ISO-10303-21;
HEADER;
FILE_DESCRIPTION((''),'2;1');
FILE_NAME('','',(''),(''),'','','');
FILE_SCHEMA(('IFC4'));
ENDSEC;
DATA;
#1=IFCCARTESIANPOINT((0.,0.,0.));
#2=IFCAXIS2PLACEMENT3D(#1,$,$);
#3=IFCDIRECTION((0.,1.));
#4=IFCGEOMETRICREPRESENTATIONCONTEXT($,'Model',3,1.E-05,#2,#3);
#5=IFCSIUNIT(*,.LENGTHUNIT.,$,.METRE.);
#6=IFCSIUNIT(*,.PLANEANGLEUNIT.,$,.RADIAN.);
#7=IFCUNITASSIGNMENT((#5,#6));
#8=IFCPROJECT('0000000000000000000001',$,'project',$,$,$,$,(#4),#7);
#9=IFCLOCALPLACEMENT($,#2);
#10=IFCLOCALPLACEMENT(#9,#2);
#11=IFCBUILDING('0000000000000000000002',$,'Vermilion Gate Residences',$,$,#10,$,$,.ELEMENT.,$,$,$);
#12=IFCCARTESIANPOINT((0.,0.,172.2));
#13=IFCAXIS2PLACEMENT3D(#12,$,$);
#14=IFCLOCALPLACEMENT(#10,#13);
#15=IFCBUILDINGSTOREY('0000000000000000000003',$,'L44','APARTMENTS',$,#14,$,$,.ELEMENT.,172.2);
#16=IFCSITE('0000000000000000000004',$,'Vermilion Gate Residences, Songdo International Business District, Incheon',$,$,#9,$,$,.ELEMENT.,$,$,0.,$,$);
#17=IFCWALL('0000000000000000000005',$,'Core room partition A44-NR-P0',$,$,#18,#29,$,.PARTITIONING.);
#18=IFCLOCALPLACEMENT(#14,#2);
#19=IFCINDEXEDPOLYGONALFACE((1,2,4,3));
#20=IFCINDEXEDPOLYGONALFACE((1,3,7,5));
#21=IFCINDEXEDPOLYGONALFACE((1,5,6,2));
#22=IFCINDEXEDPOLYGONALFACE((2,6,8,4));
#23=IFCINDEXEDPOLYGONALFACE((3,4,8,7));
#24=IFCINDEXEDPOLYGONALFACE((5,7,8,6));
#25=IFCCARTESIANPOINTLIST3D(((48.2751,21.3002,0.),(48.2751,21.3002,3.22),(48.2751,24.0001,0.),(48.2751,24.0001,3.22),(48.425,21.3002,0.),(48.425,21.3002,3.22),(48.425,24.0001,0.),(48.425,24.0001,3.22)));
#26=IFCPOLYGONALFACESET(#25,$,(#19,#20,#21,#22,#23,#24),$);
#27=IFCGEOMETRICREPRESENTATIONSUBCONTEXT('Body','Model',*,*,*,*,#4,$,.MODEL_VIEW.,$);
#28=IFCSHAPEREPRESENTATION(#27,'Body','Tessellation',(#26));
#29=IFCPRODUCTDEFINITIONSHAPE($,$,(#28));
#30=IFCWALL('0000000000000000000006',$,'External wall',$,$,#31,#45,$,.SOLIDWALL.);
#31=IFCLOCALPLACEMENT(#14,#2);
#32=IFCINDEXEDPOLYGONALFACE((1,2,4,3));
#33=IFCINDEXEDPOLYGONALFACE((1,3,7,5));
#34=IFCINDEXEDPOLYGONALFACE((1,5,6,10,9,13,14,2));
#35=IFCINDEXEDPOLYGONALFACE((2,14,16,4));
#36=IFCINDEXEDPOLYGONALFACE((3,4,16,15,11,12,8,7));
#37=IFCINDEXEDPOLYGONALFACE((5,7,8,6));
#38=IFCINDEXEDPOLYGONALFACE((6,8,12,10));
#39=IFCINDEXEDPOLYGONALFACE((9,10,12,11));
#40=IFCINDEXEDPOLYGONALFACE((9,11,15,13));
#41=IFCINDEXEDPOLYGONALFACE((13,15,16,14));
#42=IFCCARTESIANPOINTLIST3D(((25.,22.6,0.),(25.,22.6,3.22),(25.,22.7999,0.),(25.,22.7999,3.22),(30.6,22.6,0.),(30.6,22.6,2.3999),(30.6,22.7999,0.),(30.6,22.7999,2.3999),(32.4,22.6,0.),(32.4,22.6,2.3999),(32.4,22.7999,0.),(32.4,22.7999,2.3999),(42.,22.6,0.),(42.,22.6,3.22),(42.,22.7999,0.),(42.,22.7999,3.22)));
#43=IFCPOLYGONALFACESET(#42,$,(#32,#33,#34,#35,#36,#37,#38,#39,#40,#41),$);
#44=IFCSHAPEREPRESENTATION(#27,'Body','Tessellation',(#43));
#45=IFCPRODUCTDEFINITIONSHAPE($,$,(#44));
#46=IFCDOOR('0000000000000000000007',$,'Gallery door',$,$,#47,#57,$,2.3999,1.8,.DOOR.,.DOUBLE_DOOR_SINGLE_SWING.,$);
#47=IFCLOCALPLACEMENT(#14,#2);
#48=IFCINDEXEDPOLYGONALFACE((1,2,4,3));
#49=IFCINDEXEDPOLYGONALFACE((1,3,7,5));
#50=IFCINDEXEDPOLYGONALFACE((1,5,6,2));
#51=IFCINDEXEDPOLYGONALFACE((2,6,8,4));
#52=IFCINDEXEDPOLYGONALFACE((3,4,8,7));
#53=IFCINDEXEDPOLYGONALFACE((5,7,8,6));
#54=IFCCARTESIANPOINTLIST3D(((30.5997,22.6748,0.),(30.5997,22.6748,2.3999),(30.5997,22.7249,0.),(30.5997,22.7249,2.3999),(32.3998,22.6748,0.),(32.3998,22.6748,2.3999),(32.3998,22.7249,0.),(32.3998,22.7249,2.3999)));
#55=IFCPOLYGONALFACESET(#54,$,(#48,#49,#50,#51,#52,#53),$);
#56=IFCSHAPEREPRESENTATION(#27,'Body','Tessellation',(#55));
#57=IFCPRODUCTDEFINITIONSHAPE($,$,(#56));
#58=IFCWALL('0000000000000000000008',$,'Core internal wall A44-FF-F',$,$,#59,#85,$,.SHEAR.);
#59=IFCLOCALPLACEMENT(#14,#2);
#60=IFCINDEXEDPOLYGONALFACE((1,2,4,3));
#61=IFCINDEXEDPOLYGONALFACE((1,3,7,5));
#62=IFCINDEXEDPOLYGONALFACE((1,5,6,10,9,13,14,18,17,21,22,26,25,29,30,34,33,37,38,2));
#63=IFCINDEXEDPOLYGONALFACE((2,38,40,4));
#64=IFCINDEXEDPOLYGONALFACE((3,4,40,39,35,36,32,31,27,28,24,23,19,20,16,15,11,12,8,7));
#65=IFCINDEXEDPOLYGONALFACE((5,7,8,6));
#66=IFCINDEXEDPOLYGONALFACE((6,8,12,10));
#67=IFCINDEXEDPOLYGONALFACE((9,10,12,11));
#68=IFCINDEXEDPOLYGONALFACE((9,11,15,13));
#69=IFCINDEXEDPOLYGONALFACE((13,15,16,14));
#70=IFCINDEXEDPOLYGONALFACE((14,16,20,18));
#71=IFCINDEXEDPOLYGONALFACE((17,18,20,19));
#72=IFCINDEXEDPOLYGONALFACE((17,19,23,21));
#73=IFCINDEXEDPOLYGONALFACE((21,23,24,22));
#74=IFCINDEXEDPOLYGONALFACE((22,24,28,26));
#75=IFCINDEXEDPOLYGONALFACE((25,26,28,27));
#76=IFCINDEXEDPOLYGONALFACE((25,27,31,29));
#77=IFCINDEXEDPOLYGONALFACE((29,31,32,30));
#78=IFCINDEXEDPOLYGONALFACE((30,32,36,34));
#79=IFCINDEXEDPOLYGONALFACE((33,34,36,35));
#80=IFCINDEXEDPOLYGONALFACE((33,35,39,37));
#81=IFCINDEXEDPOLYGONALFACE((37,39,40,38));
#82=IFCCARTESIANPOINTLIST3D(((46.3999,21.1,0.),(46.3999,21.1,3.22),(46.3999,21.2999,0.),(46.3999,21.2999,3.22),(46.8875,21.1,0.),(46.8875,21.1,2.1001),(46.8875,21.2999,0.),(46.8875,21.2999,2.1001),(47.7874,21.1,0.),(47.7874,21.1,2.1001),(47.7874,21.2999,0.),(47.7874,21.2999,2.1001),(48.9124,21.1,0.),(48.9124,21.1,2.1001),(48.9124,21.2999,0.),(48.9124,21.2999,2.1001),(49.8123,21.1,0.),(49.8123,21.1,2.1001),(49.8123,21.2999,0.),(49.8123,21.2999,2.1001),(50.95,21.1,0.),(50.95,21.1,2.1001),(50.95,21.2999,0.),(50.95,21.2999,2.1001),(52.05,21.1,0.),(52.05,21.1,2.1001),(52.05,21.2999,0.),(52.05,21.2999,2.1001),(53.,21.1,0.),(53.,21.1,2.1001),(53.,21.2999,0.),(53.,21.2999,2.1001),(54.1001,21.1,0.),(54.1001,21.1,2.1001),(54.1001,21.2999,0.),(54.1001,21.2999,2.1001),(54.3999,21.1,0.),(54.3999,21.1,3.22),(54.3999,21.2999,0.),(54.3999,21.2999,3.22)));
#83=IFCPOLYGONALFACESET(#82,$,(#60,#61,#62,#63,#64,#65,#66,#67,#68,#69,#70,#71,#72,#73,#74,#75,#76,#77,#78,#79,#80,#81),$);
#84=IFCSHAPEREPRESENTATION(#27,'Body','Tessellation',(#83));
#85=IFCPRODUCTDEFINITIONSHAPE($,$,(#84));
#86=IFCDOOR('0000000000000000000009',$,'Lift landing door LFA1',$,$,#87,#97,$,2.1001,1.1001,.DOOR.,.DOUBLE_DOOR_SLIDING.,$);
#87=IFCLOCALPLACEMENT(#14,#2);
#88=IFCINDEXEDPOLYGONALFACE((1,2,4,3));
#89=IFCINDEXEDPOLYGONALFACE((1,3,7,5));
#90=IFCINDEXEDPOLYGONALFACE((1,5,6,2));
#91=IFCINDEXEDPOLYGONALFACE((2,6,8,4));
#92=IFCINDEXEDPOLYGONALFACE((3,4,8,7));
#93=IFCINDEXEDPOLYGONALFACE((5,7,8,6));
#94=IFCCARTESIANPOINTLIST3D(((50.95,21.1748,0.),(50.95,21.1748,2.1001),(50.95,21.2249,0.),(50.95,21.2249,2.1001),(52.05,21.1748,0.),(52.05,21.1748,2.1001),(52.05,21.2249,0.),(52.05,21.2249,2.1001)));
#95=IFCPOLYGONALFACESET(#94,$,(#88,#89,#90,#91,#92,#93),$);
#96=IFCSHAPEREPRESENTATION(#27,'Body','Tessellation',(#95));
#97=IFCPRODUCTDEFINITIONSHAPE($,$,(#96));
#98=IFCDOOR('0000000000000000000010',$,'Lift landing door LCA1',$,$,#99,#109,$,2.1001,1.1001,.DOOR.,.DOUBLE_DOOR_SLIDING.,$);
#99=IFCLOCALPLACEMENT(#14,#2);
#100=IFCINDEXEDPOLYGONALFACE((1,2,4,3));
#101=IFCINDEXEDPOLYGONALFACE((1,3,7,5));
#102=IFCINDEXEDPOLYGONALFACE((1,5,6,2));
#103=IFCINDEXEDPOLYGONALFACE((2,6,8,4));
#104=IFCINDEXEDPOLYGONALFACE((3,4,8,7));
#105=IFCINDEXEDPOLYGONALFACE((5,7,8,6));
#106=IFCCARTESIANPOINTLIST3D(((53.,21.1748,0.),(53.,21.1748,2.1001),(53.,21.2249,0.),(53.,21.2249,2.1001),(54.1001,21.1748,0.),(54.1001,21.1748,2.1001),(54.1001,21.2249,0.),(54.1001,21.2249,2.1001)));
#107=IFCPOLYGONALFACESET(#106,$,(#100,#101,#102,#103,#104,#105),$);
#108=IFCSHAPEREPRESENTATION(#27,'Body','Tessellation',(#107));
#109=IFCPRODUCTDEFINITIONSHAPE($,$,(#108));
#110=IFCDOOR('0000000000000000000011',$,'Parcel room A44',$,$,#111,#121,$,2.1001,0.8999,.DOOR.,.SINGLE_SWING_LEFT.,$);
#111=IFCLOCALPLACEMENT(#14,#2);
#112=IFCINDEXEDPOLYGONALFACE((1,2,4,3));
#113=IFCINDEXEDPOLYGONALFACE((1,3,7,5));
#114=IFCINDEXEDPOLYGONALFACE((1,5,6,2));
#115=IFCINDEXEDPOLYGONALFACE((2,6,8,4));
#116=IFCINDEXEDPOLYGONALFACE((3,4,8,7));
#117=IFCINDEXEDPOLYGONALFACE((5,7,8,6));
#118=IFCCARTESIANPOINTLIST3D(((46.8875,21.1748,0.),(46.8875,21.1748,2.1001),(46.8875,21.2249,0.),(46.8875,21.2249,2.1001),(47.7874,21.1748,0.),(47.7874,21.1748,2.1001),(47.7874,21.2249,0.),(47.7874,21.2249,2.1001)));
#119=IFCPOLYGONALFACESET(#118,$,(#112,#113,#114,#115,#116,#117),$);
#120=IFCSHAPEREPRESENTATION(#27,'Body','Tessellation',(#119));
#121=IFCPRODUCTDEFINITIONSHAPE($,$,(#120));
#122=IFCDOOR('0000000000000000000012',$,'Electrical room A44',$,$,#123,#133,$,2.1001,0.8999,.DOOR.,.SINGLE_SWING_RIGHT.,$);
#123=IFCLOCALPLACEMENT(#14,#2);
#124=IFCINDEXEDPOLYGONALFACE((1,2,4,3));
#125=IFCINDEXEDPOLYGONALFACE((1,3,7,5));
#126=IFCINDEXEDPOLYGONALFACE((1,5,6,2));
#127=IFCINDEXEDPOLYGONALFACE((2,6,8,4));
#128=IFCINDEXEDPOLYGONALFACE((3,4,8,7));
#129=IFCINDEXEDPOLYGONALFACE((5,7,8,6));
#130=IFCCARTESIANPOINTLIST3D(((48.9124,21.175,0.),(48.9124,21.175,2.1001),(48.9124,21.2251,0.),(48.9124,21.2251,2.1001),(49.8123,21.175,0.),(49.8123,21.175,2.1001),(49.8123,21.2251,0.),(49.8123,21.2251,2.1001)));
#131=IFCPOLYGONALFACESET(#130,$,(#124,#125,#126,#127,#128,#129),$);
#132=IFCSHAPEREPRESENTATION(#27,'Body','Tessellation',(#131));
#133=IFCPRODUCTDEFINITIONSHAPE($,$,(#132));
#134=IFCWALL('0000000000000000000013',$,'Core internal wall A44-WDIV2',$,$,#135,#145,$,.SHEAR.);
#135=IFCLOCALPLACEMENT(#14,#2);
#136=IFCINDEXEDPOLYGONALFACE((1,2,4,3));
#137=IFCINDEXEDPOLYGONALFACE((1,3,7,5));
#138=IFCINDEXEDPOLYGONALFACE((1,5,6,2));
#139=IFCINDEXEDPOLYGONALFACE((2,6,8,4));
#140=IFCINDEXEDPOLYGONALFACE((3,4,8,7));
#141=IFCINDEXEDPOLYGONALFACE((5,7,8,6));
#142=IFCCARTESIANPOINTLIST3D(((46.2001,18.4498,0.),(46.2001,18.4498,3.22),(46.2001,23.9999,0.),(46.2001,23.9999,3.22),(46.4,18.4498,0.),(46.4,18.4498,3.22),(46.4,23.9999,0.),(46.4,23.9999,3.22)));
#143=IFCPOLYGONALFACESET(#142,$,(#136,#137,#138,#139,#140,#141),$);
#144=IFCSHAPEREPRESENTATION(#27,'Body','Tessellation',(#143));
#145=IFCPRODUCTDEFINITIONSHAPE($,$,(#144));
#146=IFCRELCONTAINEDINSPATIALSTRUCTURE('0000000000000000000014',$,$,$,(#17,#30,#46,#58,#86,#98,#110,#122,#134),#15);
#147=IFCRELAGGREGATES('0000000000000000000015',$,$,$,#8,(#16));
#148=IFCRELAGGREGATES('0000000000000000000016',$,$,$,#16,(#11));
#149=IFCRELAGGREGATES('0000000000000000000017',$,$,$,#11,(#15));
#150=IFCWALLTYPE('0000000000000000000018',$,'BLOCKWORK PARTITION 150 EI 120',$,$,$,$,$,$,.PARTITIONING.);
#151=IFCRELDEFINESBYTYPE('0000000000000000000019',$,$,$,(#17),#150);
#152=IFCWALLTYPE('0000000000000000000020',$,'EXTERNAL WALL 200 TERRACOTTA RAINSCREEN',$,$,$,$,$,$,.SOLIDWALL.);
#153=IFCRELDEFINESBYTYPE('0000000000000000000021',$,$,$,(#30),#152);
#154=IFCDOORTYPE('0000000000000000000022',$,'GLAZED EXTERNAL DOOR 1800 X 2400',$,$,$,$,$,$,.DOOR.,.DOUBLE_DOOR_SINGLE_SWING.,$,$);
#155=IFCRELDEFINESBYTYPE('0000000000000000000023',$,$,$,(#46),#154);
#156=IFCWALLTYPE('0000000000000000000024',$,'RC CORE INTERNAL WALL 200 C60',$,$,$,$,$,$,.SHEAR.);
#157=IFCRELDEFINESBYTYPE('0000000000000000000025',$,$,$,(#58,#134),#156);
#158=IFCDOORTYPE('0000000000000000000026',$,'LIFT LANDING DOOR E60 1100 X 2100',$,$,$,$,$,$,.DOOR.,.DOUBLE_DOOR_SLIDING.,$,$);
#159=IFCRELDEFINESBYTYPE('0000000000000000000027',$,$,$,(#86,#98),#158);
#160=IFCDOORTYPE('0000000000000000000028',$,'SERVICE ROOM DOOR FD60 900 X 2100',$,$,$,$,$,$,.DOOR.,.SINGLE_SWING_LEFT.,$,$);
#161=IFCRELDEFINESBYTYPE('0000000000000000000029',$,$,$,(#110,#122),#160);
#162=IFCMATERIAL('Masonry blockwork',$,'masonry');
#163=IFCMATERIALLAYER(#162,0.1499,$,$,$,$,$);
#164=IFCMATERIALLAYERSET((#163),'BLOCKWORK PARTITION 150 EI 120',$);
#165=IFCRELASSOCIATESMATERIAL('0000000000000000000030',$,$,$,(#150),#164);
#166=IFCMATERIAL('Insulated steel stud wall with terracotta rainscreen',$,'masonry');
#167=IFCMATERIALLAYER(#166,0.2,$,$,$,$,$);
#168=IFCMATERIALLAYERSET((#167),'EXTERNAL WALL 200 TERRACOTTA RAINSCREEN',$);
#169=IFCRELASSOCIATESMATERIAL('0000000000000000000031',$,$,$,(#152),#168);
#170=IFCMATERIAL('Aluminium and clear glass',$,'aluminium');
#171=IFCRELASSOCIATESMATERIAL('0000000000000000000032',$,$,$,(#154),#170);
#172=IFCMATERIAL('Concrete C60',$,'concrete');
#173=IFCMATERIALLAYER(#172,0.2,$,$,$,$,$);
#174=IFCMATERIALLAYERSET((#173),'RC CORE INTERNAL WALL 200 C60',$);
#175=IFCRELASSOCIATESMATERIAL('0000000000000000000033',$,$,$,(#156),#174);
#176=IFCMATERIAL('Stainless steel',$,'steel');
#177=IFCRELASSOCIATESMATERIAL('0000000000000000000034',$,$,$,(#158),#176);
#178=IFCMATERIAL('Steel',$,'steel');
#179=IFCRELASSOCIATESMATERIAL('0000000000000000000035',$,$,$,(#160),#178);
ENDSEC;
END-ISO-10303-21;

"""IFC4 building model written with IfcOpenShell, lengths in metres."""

from ifc_helpers import new_model, si_unit, direction, frame, frame_2d, origin, place, context, subcontext, project, spatial, rectangle, extrude, material, layer, layer_set, type_object, element, fill, save


model = new_model("IFC4")

# Units and contexts
model_context = context("Model", 3, precision=1e-05, world=origin(), true_north=direction((0.0, 1.0)))
body_context = subcontext(model_context, "Body", "Model", "MODEL_VIEW")
ifc_project = project(units=[si_unit("LENGTHUNIT", "METRE"), si_unit("PLANEANGLEUNIT", "RADIAN")], contexts=[model_context])

# Site, building, storey
site_placement = place(None, origin())
site = spatial("IfcSite", under=ifc_project, at=site_placement, Name="Vermilion Gate Residences, Songdo International Business District, Incheon", CompositionType="ELEMENT", RefElevation=0.0)
building_placement = place(site_placement, origin())
building = spatial("IfcBuilding", under=site, at=building_placement, Name="Vermilion Gate Residences", CompositionType="ELEMENT")
storey_placement = place(building_placement, frame((0.0, 0.0, 172.2)))
storey = spatial("IfcBuildingStorey", under=building, at=storey_placement, Name="L44", Description="APARTMENTS", CompositionType="ELEMENT", Elevation=172.2)

# Wall
ifc_material_1 = material(Name="Masonry blockwork", Category="masonry")
ifc_layer_1 = layer(ifc_material_1, 0.1499)
ifc_layer_set_1 = layer_set([ifc_layer_1], Name="BLOCKWORK PARTITION 150 EI 120")
wall_type_1 = type_object("IfcWallType", Name="BLOCKWORK PARTITION 150 EI 120", PredefinedType="PARTITIONING", material=ifc_layer_set_1)
wall_1_placement = place(storey_placement, frame((48.3501, 21.3, 0.0), z_axis=(0.0, 0.0, 1.0), x_axis=(0.0, 1.0, 0.0)))
element("IfcWall", 1, at=wall_1_placement, inside=storey, type_object=wall_type_1, Name="Core room partition A44-NR-P0", PredefinedType="PARTITIONING", context=body_context, shape_type="SweptSolid", body=[
    extrude(rectangle(XDim=2.7, YDim=0.1499, at=frame_2d((1.3501, 0.0))), origin(), (0.0, 0.0, 1.0), 3.22),
])

# Wall, opening, door
ifc_material_2 = material(Name="Insulated steel stud wall with terracotta rainscreen", Category="masonry")
ifc_layer_2 = layer(ifc_material_2, 0.2)
ifc_layer_set_2 = layer_set([ifc_layer_2], Name="EXTERNAL WALL 200 TERRACOTTA RAINSCREEN")
wall_type_2 = type_object("IfcWallType", Name="EXTERNAL WALL 200 TERRACOTTA RAINSCREEN", PredefinedType="SOLIDWALL", material=ifc_layer_set_2)
wall_2_placement = place(storey_placement, frame((42.0, 22.7, 0.0), z_axis=(0.0, 0.0, 1.0), x_axis=(-1.0, 0.0, 0.0)))
wall_2 = element("IfcWall", 2, at=wall_2_placement, inside=storey, type_object=wall_type_2, Name="External wall", PredefinedType="SOLIDWALL", context=body_context, shape_type="SweptSolid", body=[
    extrude(rectangle(XDim=17.0, YDim=0.2, at=frame_2d((8.5, 0.0))), origin(), (0.0, 0.0, 1.0), 3.22),
])
opening_1_placement = place(wall_2_placement, frame((9.6001, 0.0, 0.0)))
opening_1 = element("IfcOpeningElement", 3, at=opening_1_placement, cuts=wall_2, PredefinedType="OPENING", context=body_context, shape_type="SweptSolid", body=[
    extrude(rectangle(XDim=1.8, YDim=2.3999, at=frame_2d((0.8999, 1.2))), frame((0.0, 0.1099, 0.0), z_axis=(0.0, -1.0, 0.0), x_axis=(1.0, 0.0, 0.0)), (0.0, 0.0, 1.0), 0.22),
])
ifc_material_3 = material(Name="Aluminium and clear glass", Category="aluminium")
door_type_1 = type_object("IfcDoorType", Name="GLAZED EXTERNAL DOOR 1800 X 2400", OperationType="DOUBLE_DOOR_SINGLE_SWING", PredefinedType="DOOR", material=ifc_material_3)
door_1_placement = place(opening_1_placement, frame((1.8, 0.0, 0.0), z_axis=(0.0, 0.0, 1.0), x_axis=(-1.0, 0.0, 0.0)))
door_1 = element("IfcDoor", 4, at=door_1_placement, inside=storey, type_object=door_type_1, Name="Gallery door", OperationType="DOUBLE_DOOR_SINGLE_SWING", OverallHeight=2.3999, OverallWidth=1.8, PredefinedType="DOOR", context=body_context, shape_type="SweptSolid", body=[
    extrude(rectangle(XDim=1.8, YDim=2.3999, at=frame_2d((0.8999, 1.2))), frame((0.0, 0.0249, 0.0), z_axis=(0.0, -1.0, 0.0), x_axis=(1.0, 0.0, 0.0)), (0.0, 0.0, 1.0), 0.05),
])
fill(opening_1, door_1)

# Wall, openings, doors
ifc_material_4 = material(Name="Concrete C60", Category="concrete")
ifc_layer_3 = layer(ifc_material_4, 0.2)
ifc_layer_set_3 = layer_set([ifc_layer_3], Name="RC CORE INTERNAL WALL 200 C60")
wall_type_3 = type_object("IfcWallType", Name="RC CORE INTERNAL WALL 200 C60", PredefinedType="SHEAR", material=ifc_layer_set_3)
wall_3_placement = place(storey_placement, frame((46.3999, 21.2, 0.0), z_axis=(0.0, 0.0, 1.0), x_axis=(1.0, 0.0, 0.0)))
wall_3 = element("IfcWall", 5, at=wall_3_placement, inside=storey, type_object=wall_type_3, Name="Core internal wall A44-FF-F", PredefinedType="SHEAR", context=body_context, shape_type="SweptSolid", body=[
    extrude(rectangle(XDim=8.0, YDim=0.2, at=frame_2d((4.0, 0.0))), origin(), (0.0, 0.0, 1.0), 3.22),
])
opening_2_placement = place(wall_3_placement, frame((0.4875, 0.0, 0.0)))
opening_2 = element("IfcOpeningElement", 6, at=opening_2_placement, cuts=wall_3, PredefinedType="OPENING", context=body_context, shape_type="SweptSolid", body=[
    extrude(rectangle(XDim=0.8999, YDim=2.1001, at=frame_2d((0.45, 1.05))), frame((0.0, 0.1099, 0.0), z_axis=(0.0, -1.0, 0.0), x_axis=(1.0, 0.0, 0.0)), (0.0, 0.0, 1.0), 0.22),
])
opening_3_placement = place(wall_3_placement, frame((2.5125, 0.0, 0.0)))
opening_3 = element("IfcOpeningElement", 7, at=opening_3_placement, cuts=wall_3, PredefinedType="OPENING", context=body_context, shape_type="SweptSolid", body=[
    extrude(rectangle(XDim=0.8999, YDim=2.1001, at=frame_2d((0.45, 1.05))), frame((0.0, 0.1099, 0.0), z_axis=(0.0, -1.0, 0.0), x_axis=(1.0, 0.0, 0.0)), (0.0, 0.0, 1.0), 0.22),
])
opening_4_placement = place(wall_3_placement, frame((4.55, 0.0, 0.0)))
opening_4 = element("IfcOpeningElement", 8, at=opening_4_placement, cuts=wall_3, PredefinedType="OPENING", context=body_context, shape_type="SweptSolid", body=[
    extrude(rectangle(XDim=1.1001, YDim=2.1001, at=frame_2d((0.55, 1.05))), frame((0.0, 0.1099, 0.0), z_axis=(0.0, -1.0, 0.0), x_axis=(1.0, 0.0, 0.0)), (0.0, 0.0, 1.0), 0.22),
])
opening_5_placement = place(wall_3_placement, frame((6.6001, 0.0, 0.0)))
opening_5 = element("IfcOpeningElement", 9, at=opening_5_placement, cuts=wall_3, PredefinedType="OPENING", context=body_context, shape_type="SweptSolid", body=[
    extrude(rectangle(XDim=1.1001, YDim=2.1001, at=frame_2d((0.55, 1.05))), frame((0.0, 0.1099, 0.0), z_axis=(0.0, -1.0, 0.0), x_axis=(1.0, 0.0, 0.0)), (0.0, 0.0, 1.0), 0.22),
])
ifc_material_5 = material(Name="Stainless steel", Category="steel")
door_type_2 = type_object("IfcDoorType", Name="LIFT LANDING DOOR E60 1100 X 2100", OperationType="DOUBLE_DOOR_SLIDING", PredefinedType="DOOR", material=ifc_material_5)
door_2_placement = place(opening_4_placement, origin())
door_2 = element("IfcDoor", 10, at=door_2_placement, inside=storey, type_object=door_type_2, Name="Lift landing door LFA1", OperationType="DOUBLE_DOOR_SLIDING", OverallHeight=2.1001, OverallWidth=1.1001, PredefinedType="DOOR", context=body_context, shape_type="SweptSolid", body=[
    extrude(rectangle(XDim=1.1001, YDim=2.1001, at=frame_2d((0.55, 1.05))), frame((0.0, 0.0249, 0.0), z_axis=(0.0, -1.0, 0.0), x_axis=(1.0, 0.0, 0.0)), (0.0, 0.0, 1.0), 0.05),
])
fill(opening_4, door_2)
door_3_placement = place(opening_5_placement, origin())
door_3 = element("IfcDoor", 11, at=door_3_placement, inside=storey, type_object=door_type_2, Name="Lift landing door LCA1", OperationType="DOUBLE_DOOR_SLIDING", OverallHeight=2.1001, OverallWidth=1.1001, PredefinedType="DOOR", context=body_context, shape_type="SweptSolid", body=[
    extrude(rectangle(XDim=1.1001, YDim=2.1001, at=frame_2d((0.55, 1.05))), frame((0.0, 0.0249, 0.0), z_axis=(0.0, -1.0, 0.0), x_axis=(1.0, 0.0, 0.0)), (0.0, 0.0, 1.0), 0.05),
])
fill(opening_5, door_3)
ifc_material_6 = material(Name="Steel", Category="steel")
door_type_3 = type_object("IfcDoorType", Name="SERVICE ROOM DOOR FD60 900 X 2100", OperationType="SINGLE_SWING_LEFT", PredefinedType="DOOR", material=ifc_material_6)
door_4_placement = place(opening_2_placement, origin())
door_4 = element("IfcDoor", 12, at=door_4_placement, inside=storey, type_object=door_type_3, Name="Parcel room A44", OperationType="SINGLE_SWING_LEFT", OverallHeight=2.1001, OverallWidth=0.8999, PredefinedType="DOOR", context=body_context, shape_type="SweptSolid", body=[
    extrude(rectangle(XDim=0.8999, YDim=2.1001, at=frame_2d((0.45, 1.05))), frame((0.0, 0.0249, 0.0), z_axis=(0.0, -1.0, 0.0), x_axis=(1.0, 0.0, 0.0)), (0.0, 0.0, 1.0), 0.05),
])
fill(opening_2, door_4)
door_5_placement = place(opening_3_placement, frame((0.8999, 0.0, 0.0), z_axis=(0.0, 0.0, 1.0), x_axis=(-1.0, 0.0, 0.0)))
door_5 = element("IfcDoor", 13, at=door_5_placement, inside=storey, type_object=door_type_3, Name="Electrical room A44", OperationType="SINGLE_SWING_RIGHT", OverallHeight=2.1001, OverallWidth=0.8999, PredefinedType="DOOR", context=body_context, shape_type="SweptSolid", body=[
    extrude(rectangle(XDim=0.8999, YDim=2.1001, at=frame_2d((0.45, 1.05))), frame((0.0, 0.0249, 0.0), z_axis=(0.0, -1.0, 0.0), x_axis=(1.0, 0.0, 0.0)), (0.0, 0.0, 1.0), 0.05),
])
fill(opening_3, door_5)

# Wall
wall_4_placement = place(storey_placement, frame((46.3, 18.45, 0.0), z_axis=(0.0, 0.0, 1.0), x_axis=(0.0, 1.0, 0.0)))
element("IfcWall", 14, at=wall_4_placement, inside=storey, type_object=wall_type_3, Name="Core internal wall A44-WDIV2", PredefinedType="SHEAR", context=body_context, shape_type="SweptSolid", body=[
    extrude(rectangle(XDim=5.55, YDim=0.2, at=frame_2d((2.7749, 0.0))), origin(), (0.0, 0.0, 1.0), 3.22),
])

save(model, "model.ifc")
